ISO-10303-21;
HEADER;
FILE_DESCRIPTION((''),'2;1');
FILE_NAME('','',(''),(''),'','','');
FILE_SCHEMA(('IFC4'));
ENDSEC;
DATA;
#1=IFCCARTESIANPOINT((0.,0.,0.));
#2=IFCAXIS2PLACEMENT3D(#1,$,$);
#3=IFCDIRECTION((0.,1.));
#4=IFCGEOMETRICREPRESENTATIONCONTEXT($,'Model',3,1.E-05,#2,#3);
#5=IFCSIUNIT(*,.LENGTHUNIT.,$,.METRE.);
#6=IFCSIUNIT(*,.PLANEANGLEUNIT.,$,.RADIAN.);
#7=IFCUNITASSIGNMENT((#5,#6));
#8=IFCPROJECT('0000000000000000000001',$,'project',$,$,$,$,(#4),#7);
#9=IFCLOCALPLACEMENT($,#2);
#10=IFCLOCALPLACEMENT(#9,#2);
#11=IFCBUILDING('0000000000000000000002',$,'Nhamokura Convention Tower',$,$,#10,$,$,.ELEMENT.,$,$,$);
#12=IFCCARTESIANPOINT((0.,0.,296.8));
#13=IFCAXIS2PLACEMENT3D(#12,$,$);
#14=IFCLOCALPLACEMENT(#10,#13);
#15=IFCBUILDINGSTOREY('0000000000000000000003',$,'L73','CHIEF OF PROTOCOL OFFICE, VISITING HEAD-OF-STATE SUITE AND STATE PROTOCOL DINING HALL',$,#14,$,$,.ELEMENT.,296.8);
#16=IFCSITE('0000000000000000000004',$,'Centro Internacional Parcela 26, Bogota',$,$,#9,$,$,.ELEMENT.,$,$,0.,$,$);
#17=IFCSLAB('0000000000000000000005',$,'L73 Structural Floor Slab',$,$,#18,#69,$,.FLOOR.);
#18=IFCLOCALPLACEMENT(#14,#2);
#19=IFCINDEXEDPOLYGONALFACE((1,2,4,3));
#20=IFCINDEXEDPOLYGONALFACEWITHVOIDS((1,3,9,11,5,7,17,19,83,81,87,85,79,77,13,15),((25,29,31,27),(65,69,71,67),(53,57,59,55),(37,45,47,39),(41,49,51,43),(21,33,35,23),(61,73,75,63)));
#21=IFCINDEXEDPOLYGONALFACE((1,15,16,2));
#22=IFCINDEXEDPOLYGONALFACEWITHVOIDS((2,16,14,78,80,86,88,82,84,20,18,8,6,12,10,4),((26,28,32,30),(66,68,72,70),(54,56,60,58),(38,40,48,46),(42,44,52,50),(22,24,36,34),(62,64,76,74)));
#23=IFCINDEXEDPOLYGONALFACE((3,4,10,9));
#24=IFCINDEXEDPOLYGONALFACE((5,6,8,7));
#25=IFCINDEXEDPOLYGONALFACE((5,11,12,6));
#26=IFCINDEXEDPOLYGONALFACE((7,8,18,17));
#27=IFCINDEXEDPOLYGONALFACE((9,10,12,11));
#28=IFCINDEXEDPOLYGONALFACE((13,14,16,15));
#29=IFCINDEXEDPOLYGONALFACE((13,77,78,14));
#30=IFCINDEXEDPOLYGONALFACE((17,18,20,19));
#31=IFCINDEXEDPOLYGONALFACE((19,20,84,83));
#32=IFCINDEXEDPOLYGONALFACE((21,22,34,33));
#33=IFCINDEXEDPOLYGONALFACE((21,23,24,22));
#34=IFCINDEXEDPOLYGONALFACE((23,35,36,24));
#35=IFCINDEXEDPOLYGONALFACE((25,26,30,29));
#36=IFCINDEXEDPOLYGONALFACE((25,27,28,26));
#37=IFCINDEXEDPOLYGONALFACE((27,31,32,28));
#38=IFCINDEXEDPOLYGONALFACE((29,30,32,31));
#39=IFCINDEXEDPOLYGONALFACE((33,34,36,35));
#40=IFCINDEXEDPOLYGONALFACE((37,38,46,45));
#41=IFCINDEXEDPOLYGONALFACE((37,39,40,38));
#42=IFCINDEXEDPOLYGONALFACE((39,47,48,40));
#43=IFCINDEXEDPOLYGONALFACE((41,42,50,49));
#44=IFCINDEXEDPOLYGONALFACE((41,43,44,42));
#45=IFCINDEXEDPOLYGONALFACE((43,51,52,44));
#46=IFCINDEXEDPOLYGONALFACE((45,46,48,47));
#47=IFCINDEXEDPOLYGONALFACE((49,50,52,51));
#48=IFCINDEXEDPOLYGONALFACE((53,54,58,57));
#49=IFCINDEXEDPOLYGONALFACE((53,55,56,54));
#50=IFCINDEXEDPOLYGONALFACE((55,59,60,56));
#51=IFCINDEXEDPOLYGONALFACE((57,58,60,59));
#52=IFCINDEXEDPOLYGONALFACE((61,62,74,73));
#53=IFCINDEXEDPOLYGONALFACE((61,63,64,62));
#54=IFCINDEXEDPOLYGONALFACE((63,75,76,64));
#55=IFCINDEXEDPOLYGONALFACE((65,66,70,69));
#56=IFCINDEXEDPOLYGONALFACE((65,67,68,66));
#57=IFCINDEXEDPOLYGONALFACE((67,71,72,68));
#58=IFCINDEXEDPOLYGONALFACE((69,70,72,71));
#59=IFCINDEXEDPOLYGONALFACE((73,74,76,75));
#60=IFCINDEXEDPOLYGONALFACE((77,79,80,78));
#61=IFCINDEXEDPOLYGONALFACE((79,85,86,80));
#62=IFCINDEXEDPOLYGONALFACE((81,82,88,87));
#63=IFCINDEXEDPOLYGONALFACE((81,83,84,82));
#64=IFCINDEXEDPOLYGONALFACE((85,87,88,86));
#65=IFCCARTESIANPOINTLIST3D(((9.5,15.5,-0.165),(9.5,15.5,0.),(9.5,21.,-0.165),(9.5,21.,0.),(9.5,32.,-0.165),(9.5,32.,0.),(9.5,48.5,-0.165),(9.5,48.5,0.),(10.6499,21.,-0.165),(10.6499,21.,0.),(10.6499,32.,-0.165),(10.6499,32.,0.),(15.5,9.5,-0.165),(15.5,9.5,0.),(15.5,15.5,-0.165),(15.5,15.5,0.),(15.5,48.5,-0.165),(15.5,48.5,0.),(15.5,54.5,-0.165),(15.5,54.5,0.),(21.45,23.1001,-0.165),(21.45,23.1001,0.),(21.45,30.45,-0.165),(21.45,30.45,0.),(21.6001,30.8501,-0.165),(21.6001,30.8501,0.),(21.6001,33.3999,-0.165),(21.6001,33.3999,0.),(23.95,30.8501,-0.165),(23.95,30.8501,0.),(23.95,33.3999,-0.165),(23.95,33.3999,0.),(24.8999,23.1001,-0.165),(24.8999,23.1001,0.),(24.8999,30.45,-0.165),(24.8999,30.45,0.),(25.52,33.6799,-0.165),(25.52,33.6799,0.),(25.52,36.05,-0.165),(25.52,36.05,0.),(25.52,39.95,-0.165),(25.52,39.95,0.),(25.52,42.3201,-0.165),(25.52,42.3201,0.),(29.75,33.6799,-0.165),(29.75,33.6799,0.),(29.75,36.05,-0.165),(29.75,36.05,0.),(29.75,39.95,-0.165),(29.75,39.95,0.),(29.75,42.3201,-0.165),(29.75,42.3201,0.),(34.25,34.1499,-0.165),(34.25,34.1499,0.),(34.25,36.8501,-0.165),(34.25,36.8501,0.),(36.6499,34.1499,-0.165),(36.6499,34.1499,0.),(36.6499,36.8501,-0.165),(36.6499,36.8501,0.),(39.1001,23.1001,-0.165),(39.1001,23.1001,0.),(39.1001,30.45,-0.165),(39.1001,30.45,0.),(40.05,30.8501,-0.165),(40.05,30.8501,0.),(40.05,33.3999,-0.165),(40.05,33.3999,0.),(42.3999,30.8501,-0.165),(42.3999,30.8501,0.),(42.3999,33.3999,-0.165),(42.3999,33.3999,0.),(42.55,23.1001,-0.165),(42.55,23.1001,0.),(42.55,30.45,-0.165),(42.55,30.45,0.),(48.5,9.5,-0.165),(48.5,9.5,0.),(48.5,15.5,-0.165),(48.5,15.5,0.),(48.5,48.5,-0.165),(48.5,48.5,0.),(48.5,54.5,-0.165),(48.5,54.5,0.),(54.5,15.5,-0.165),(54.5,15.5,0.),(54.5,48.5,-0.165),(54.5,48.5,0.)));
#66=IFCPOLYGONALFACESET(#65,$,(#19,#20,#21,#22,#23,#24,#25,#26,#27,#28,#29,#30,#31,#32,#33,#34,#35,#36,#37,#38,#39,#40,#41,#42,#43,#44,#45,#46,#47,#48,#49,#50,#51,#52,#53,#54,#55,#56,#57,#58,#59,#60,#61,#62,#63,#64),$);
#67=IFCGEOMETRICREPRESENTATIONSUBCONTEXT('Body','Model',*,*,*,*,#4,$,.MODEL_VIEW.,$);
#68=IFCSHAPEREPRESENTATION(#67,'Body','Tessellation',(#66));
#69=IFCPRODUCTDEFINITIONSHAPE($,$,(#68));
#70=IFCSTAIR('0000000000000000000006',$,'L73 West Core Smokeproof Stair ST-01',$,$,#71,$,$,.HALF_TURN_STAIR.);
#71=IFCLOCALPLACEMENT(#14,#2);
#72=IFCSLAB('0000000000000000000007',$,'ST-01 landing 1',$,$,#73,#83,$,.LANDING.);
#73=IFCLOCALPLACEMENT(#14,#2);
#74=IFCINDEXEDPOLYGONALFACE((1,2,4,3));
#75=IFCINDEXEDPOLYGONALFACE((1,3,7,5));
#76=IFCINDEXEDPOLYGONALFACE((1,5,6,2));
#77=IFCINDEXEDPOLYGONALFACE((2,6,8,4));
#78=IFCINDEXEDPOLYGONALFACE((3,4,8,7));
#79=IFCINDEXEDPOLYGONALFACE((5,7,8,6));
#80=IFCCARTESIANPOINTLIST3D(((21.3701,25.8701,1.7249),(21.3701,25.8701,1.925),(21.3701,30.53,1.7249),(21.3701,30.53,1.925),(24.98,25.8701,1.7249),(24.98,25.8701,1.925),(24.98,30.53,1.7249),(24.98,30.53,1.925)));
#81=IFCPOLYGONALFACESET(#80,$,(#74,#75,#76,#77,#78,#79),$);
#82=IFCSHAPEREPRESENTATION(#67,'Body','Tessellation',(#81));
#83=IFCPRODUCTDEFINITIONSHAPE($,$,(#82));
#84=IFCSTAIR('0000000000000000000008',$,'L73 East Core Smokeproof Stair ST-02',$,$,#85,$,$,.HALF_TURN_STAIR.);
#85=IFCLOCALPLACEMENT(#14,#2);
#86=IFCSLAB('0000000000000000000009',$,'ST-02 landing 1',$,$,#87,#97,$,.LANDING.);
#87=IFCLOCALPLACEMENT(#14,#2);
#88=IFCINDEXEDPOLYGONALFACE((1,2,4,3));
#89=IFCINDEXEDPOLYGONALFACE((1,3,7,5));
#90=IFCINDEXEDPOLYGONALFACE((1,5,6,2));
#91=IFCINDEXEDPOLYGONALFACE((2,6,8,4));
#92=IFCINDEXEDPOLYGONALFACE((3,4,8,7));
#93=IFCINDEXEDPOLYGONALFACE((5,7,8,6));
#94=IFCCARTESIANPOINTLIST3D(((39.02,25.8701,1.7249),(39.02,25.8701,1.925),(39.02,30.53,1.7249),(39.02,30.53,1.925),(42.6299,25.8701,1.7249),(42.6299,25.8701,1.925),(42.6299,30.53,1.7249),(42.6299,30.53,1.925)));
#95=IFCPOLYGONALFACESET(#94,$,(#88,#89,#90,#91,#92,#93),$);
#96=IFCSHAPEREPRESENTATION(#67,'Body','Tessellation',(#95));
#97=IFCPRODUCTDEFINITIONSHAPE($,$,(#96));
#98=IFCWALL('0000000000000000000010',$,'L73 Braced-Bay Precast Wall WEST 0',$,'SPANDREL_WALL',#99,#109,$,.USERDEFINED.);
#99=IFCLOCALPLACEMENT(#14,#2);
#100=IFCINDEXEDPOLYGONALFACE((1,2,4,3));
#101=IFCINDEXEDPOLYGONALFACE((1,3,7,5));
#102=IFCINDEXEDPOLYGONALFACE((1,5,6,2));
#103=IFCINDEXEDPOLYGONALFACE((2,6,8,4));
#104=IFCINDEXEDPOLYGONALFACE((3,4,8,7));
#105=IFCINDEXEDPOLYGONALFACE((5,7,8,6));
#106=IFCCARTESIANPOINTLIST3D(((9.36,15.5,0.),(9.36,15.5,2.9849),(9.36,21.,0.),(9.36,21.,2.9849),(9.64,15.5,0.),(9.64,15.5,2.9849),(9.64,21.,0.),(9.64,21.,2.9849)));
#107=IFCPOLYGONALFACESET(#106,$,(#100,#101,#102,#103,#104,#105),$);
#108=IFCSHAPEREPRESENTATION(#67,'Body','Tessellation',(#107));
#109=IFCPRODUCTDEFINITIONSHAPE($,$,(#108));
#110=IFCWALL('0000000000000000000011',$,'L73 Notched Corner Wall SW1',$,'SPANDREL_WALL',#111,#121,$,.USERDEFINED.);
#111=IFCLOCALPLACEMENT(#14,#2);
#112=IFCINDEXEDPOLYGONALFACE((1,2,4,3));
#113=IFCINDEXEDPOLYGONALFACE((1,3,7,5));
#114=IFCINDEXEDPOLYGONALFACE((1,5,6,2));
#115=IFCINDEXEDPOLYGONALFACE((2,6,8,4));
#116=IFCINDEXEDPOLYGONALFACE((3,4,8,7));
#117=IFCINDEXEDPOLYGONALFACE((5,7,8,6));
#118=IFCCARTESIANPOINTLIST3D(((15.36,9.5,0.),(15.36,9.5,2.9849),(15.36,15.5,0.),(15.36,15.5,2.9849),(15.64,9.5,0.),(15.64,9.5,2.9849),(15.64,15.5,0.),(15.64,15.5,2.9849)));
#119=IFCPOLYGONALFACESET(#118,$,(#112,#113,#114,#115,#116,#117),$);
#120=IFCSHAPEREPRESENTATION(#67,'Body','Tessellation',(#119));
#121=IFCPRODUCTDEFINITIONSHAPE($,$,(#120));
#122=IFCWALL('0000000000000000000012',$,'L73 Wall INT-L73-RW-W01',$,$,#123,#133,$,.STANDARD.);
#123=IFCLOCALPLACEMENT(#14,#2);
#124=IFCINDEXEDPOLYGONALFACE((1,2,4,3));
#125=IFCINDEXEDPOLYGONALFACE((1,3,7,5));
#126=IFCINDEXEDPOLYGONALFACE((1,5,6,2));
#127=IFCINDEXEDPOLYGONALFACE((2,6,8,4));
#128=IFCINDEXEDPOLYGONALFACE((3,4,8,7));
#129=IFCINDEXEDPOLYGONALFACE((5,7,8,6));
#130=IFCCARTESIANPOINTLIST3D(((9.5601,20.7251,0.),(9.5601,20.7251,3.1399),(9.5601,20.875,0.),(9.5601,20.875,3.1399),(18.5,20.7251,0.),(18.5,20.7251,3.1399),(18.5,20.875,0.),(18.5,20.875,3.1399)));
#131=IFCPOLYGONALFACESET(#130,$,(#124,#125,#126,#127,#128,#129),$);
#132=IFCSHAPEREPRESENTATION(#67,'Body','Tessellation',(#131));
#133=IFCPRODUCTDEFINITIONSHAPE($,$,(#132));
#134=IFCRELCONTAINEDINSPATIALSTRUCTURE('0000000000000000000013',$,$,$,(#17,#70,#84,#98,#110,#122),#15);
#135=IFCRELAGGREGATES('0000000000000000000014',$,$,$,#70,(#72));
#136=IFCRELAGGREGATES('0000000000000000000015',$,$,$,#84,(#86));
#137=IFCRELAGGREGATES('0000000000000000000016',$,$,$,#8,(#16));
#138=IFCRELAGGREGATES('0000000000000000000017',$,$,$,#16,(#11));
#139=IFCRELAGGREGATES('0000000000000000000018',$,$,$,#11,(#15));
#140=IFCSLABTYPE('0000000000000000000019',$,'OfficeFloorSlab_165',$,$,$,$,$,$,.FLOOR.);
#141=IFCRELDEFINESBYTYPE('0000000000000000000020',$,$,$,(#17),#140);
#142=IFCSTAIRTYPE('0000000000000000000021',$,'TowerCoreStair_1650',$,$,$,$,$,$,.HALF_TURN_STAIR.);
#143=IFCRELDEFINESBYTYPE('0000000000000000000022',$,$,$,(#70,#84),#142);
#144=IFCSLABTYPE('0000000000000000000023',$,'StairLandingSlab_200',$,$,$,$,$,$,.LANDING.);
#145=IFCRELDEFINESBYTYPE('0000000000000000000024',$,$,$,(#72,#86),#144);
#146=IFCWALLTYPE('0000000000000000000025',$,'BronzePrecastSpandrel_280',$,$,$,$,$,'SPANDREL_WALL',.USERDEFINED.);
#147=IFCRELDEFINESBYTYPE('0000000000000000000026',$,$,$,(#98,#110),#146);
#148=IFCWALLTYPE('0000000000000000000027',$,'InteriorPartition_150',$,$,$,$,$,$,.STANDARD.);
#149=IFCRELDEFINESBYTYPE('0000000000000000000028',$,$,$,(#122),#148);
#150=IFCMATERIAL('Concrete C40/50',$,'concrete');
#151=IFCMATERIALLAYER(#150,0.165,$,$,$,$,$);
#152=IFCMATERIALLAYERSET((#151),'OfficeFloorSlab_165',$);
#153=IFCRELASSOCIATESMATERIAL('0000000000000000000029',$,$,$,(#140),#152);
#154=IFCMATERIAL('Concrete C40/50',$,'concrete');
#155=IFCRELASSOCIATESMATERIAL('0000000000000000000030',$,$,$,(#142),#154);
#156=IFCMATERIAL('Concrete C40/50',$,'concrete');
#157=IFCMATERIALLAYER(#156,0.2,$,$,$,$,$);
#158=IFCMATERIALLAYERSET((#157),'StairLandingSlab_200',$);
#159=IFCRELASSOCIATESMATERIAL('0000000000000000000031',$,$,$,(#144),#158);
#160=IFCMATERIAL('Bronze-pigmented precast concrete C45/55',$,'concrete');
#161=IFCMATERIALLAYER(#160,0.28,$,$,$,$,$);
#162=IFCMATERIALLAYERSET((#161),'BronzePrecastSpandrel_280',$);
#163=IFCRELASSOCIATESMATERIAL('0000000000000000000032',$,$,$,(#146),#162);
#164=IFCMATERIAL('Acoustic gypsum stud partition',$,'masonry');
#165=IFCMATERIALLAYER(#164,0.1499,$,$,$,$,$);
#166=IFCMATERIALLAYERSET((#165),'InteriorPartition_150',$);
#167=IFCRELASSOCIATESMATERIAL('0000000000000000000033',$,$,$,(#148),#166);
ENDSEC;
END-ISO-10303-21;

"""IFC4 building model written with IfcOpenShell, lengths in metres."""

from ifc_helpers import new_model, si_unit, direction, frame, frame_2d, origin, place, context, subcontext, project, spatial, polyline, rectangle, outline, extrude, material, layer, layer_set, type_object, element, aggregate, save


model = new_model("IFC4")

# Units and contexts
model_context = context("Model", 3, precision=1e-05, world=origin(), true_north=direction((0.0, 1.0)))
body_context = subcontext(model_context, "Body", "Model", "MODEL_VIEW")
ifc_project = project(units=[si_unit("LENGTHUNIT", "METRE"), si_unit("PLANEANGLEUNIT", "RADIAN")], contexts=[model_context])

# Site, building, storey
site_placement = place(None, origin())
site = spatial("IfcSite", under=ifc_project, at=site_placement, Name="Centro Internacional Parcela 26, Bogota", CompositionType="ELEMENT", RefElevation=0.0)
building_placement = place(site_placement, origin())
building = spatial("IfcBuilding", under=site, at=building_placement, Name="Nhamokura Convention Tower", CompositionType="ELEMENT")
storey_placement = place(building_placement, frame((0.0, 0.0, 296.8)))
storey = spatial("IfcBuildingStorey", under=building, at=storey_placement, Name="L73", Description="CHIEF OF PROTOCOL OFFICE, VISITING HEAD-OF-STATE SUITE AND STATE PROTOCOL DINING HALL", CompositionType="ELEMENT", Elevation=296.8)

# Slab
ifc_material_1 = material(Name="Concrete C40/50", Category="concrete")
ifc_layer_1 = layer(ifc_material_1, 0.165)
ifc_layer_set_1 = layer_set([ifc_layer_1], Name="OfficeFloorSlab_165")
slab_type_1 = type_object("IfcSlabType", Name="OfficeFloorSlab_165", PredefinedType="FLOOR", material=ifc_layer_set_1)
slab_1_placement = place(storey_placement, frame((0.0, 0.0, -0.165)))
element("IfcSlab", 1, at=slab_1_placement, inside=storey, type_object=slab_type_1, Name="L73 Structural Floor Slab", PredefinedType="FLOOR", context=body_context, shape_type="SweptSolid", body=[
    extrude(outline(polyline([(15.5, 9.5), (48.5, 9.5), (48.5, 15.5), (54.5, 15.5), (54.5, 48.5), (48.5, 48.5), (48.5, 54.5), (15.5, 54.5), (15.5, 48.5), (9.5, 48.5), (9.5, 32.0), (10.6499, 32.0), (10.6499, 21.0), (9.5, 21.0), (9.5, 15.5), (15.5, 15.5), (15.5, 9.5)]), holes=[polyline([(24.8999, 23.1001), (24.8999, 30.45), (21.45, 30.45), (21.45, 23.1001), (24.8999, 23.1001)]), polyline([(42.55, 23.1001), (42.55, 30.45), (39.1001, 30.45), (39.1001, 23.1001), (42.55, 23.1001)]), polyline([(21.6001, 30.8501), (23.95, 30.8501), (23.95, 33.3999), (21.6001, 33.3999), (21.6001, 30.8501)]), polyline([(40.05, 30.8501), (42.3999, 30.8501), (42.3999, 33.3999), (40.05, 33.3999), (40.05, 30.8501)]), polyline([(34.25, 34.1499), (36.6499, 34.1499), (36.6499, 36.8501), (34.25, 36.8501), (34.25, 34.1499)]), polyline([(25.52, 33.6799), (29.75, 33.6799), (29.75, 36.05), (25.52, 36.05), (25.52, 33.6799)]), polyline([(25.52, 39.95), (29.75, 39.95), (29.75, 42.3201), (25.52, 42.3201), (25.52, 39.95)])]), origin(), (0.0, 0.0, 1.0), 0.165),
])

# Stairs, slabs
ifc_material_2 = material(Name="Concrete C40/50", Category="concrete")
stair_type = type_object("IfcStairType", Name="TowerCoreStair_1650", PredefinedType="HALF_TURN_STAIR", material=ifc_material_2)
stair_1_placement = place(storey_placement, origin())
stair_1 = element("IfcStair", 2, at=stair_1_placement, inside=storey, type_object=stair_type, Name="L73 West Core Smokeproof Stair ST-01", PredefinedType="HALF_TURN_STAIR")
ifc_material_3 = material(Name="Concrete C40/50", Category="concrete")
ifc_layer_2 = layer(ifc_material_3, 0.2)
ifc_layer_set_2 = layer_set([ifc_layer_2], Name="StairLandingSlab_200")
slab_type_2 = type_object("IfcSlabType", Name="StairLandingSlab_200", PredefinedType="LANDING", material=ifc_layer_set_2)
slab_2_placement = place(storey_placement, frame((0.0, 0.0, 1.7249)))
slab_2 = element("IfcSlab", 3, at=slab_2_placement, type_object=slab_type_2, Name="ST-01 landing 1", PredefinedType="LANDING", context=body_context, shape_type="SweptSolid", body=[
    extrude(outline(polyline([(24.98, 25.8701), (24.98, 30.53), (21.3701, 30.53), (21.3701, 25.8701), (24.98, 25.8701)])), origin(), (0.0, 0.0, 1.0), 0.2002),
])
aggregate(stair_1, [slab_2])
stair_2_placement = place(storey_placement, origin())
stair_2 = element("IfcStair", 4, at=stair_2_placement, inside=storey, type_object=stair_type, Name="L73 East Core Smokeproof Stair ST-02", PredefinedType="HALF_TURN_STAIR")
slab_3_placement = place(storey_placement, frame((0.0, 0.0, 1.7249)))
slab_3 = element("IfcSlab", 5, at=slab_3_placement, type_object=slab_type_2, Name="ST-02 landing 1", PredefinedType="LANDING", context=body_context, shape_type="SweptSolid", body=[
    extrude(outline(polyline([(42.6299, 25.8701), (42.6299, 30.53), (39.02, 30.53), (39.02, 25.8701), (42.6299, 25.8701)])), origin(), (0.0, 0.0, 1.0), 0.2002),
])
aggregate(stair_2, [slab_3])

# Walls
ifc_material_4 = material(Name="Bronze-pigmented precast concrete C45/55", Category="concrete")
ifc_layer_3 = layer(ifc_material_4, 0.28)
ifc_layer_set_3 = layer_set([ifc_layer_3], Name="BronzePrecastSpandrel_280")
wall_type_1 = type_object("IfcWallType", Name="BronzePrecastSpandrel_280", ElementType="SPANDREL_WALL", PredefinedType="USERDEFINED", material=ifc_layer_set_3)
wall_1_placement = place(storey_placement, frame((9.5, 15.5, 0.0), z_axis=(0.0, 0.0, 1.0), x_axis=(0.0, 1.0, 0.0)))
element("IfcWall", 6, at=wall_1_placement, inside=storey, type_object=wall_type_1, Name="L73 Braced-Bay Precast Wall WEST 0", ObjectType="SPANDREL_WALL", PredefinedType="USERDEFINED", context=body_context, shape_type="SweptSolid", body=[
    extrude(rectangle(XDim=5.5, YDim=0.28, at=frame_2d((2.75, 0.0))), origin(), (0.0, 0.0, 1.0), 2.9849),
])
wall_2_placement = place(storey_placement, frame((15.5, 9.5, 0.0), z_axis=(0.0, 0.0, 1.0), x_axis=(0.0, 1.0, 0.0)))
element("IfcWall", 7, at=wall_2_placement, inside=storey, type_object=wall_type_1, Name="L73 Notched Corner Wall SW1", ObjectType="SPANDREL_WALL", PredefinedType="USERDEFINED", context=body_context, shape_type="SweptSolid", body=[
    extrude(rectangle(XDim=6.0, YDim=0.28, at=frame_2d((3.0, 0.0))), origin(), (0.0, 0.0, 1.0), 2.9849),
])
ifc_material_5 = material(Name="Acoustic gypsum stud partition", Category="masonry")
ifc_layer_4 = layer(ifc_material_5, 0.1499)
ifc_layer_set_4 = layer_set([ifc_layer_4], Name="InteriorPartition_150")
wall_type_2 = type_object("IfcWallType", Name="InteriorPartition_150", PredefinedType="STANDARD", material=ifc_layer_set_4)
wall_3_placement = place(storey_placement, frame((9.5601, 20.8, 0.0), z_axis=(0.0, 0.0, 1.0), x_axis=(1.0, 0.0, 0.0)))
element("IfcWall", 8, at=wall_3_placement, inside=storey, type_object=wall_type_2, Name="L73 Wall INT-L73-RW-W01", PredefinedType="STANDARD", context=body_context, shape_type="SweptSolid", body=[
    extrude(rectangle(XDim=8.9399, YDim=0.1499, at=frame_2d((4.47, 0.0))), origin(), (0.0, 0.0, 1.0), 3.1399),
])

save(model, "model.ifc")
